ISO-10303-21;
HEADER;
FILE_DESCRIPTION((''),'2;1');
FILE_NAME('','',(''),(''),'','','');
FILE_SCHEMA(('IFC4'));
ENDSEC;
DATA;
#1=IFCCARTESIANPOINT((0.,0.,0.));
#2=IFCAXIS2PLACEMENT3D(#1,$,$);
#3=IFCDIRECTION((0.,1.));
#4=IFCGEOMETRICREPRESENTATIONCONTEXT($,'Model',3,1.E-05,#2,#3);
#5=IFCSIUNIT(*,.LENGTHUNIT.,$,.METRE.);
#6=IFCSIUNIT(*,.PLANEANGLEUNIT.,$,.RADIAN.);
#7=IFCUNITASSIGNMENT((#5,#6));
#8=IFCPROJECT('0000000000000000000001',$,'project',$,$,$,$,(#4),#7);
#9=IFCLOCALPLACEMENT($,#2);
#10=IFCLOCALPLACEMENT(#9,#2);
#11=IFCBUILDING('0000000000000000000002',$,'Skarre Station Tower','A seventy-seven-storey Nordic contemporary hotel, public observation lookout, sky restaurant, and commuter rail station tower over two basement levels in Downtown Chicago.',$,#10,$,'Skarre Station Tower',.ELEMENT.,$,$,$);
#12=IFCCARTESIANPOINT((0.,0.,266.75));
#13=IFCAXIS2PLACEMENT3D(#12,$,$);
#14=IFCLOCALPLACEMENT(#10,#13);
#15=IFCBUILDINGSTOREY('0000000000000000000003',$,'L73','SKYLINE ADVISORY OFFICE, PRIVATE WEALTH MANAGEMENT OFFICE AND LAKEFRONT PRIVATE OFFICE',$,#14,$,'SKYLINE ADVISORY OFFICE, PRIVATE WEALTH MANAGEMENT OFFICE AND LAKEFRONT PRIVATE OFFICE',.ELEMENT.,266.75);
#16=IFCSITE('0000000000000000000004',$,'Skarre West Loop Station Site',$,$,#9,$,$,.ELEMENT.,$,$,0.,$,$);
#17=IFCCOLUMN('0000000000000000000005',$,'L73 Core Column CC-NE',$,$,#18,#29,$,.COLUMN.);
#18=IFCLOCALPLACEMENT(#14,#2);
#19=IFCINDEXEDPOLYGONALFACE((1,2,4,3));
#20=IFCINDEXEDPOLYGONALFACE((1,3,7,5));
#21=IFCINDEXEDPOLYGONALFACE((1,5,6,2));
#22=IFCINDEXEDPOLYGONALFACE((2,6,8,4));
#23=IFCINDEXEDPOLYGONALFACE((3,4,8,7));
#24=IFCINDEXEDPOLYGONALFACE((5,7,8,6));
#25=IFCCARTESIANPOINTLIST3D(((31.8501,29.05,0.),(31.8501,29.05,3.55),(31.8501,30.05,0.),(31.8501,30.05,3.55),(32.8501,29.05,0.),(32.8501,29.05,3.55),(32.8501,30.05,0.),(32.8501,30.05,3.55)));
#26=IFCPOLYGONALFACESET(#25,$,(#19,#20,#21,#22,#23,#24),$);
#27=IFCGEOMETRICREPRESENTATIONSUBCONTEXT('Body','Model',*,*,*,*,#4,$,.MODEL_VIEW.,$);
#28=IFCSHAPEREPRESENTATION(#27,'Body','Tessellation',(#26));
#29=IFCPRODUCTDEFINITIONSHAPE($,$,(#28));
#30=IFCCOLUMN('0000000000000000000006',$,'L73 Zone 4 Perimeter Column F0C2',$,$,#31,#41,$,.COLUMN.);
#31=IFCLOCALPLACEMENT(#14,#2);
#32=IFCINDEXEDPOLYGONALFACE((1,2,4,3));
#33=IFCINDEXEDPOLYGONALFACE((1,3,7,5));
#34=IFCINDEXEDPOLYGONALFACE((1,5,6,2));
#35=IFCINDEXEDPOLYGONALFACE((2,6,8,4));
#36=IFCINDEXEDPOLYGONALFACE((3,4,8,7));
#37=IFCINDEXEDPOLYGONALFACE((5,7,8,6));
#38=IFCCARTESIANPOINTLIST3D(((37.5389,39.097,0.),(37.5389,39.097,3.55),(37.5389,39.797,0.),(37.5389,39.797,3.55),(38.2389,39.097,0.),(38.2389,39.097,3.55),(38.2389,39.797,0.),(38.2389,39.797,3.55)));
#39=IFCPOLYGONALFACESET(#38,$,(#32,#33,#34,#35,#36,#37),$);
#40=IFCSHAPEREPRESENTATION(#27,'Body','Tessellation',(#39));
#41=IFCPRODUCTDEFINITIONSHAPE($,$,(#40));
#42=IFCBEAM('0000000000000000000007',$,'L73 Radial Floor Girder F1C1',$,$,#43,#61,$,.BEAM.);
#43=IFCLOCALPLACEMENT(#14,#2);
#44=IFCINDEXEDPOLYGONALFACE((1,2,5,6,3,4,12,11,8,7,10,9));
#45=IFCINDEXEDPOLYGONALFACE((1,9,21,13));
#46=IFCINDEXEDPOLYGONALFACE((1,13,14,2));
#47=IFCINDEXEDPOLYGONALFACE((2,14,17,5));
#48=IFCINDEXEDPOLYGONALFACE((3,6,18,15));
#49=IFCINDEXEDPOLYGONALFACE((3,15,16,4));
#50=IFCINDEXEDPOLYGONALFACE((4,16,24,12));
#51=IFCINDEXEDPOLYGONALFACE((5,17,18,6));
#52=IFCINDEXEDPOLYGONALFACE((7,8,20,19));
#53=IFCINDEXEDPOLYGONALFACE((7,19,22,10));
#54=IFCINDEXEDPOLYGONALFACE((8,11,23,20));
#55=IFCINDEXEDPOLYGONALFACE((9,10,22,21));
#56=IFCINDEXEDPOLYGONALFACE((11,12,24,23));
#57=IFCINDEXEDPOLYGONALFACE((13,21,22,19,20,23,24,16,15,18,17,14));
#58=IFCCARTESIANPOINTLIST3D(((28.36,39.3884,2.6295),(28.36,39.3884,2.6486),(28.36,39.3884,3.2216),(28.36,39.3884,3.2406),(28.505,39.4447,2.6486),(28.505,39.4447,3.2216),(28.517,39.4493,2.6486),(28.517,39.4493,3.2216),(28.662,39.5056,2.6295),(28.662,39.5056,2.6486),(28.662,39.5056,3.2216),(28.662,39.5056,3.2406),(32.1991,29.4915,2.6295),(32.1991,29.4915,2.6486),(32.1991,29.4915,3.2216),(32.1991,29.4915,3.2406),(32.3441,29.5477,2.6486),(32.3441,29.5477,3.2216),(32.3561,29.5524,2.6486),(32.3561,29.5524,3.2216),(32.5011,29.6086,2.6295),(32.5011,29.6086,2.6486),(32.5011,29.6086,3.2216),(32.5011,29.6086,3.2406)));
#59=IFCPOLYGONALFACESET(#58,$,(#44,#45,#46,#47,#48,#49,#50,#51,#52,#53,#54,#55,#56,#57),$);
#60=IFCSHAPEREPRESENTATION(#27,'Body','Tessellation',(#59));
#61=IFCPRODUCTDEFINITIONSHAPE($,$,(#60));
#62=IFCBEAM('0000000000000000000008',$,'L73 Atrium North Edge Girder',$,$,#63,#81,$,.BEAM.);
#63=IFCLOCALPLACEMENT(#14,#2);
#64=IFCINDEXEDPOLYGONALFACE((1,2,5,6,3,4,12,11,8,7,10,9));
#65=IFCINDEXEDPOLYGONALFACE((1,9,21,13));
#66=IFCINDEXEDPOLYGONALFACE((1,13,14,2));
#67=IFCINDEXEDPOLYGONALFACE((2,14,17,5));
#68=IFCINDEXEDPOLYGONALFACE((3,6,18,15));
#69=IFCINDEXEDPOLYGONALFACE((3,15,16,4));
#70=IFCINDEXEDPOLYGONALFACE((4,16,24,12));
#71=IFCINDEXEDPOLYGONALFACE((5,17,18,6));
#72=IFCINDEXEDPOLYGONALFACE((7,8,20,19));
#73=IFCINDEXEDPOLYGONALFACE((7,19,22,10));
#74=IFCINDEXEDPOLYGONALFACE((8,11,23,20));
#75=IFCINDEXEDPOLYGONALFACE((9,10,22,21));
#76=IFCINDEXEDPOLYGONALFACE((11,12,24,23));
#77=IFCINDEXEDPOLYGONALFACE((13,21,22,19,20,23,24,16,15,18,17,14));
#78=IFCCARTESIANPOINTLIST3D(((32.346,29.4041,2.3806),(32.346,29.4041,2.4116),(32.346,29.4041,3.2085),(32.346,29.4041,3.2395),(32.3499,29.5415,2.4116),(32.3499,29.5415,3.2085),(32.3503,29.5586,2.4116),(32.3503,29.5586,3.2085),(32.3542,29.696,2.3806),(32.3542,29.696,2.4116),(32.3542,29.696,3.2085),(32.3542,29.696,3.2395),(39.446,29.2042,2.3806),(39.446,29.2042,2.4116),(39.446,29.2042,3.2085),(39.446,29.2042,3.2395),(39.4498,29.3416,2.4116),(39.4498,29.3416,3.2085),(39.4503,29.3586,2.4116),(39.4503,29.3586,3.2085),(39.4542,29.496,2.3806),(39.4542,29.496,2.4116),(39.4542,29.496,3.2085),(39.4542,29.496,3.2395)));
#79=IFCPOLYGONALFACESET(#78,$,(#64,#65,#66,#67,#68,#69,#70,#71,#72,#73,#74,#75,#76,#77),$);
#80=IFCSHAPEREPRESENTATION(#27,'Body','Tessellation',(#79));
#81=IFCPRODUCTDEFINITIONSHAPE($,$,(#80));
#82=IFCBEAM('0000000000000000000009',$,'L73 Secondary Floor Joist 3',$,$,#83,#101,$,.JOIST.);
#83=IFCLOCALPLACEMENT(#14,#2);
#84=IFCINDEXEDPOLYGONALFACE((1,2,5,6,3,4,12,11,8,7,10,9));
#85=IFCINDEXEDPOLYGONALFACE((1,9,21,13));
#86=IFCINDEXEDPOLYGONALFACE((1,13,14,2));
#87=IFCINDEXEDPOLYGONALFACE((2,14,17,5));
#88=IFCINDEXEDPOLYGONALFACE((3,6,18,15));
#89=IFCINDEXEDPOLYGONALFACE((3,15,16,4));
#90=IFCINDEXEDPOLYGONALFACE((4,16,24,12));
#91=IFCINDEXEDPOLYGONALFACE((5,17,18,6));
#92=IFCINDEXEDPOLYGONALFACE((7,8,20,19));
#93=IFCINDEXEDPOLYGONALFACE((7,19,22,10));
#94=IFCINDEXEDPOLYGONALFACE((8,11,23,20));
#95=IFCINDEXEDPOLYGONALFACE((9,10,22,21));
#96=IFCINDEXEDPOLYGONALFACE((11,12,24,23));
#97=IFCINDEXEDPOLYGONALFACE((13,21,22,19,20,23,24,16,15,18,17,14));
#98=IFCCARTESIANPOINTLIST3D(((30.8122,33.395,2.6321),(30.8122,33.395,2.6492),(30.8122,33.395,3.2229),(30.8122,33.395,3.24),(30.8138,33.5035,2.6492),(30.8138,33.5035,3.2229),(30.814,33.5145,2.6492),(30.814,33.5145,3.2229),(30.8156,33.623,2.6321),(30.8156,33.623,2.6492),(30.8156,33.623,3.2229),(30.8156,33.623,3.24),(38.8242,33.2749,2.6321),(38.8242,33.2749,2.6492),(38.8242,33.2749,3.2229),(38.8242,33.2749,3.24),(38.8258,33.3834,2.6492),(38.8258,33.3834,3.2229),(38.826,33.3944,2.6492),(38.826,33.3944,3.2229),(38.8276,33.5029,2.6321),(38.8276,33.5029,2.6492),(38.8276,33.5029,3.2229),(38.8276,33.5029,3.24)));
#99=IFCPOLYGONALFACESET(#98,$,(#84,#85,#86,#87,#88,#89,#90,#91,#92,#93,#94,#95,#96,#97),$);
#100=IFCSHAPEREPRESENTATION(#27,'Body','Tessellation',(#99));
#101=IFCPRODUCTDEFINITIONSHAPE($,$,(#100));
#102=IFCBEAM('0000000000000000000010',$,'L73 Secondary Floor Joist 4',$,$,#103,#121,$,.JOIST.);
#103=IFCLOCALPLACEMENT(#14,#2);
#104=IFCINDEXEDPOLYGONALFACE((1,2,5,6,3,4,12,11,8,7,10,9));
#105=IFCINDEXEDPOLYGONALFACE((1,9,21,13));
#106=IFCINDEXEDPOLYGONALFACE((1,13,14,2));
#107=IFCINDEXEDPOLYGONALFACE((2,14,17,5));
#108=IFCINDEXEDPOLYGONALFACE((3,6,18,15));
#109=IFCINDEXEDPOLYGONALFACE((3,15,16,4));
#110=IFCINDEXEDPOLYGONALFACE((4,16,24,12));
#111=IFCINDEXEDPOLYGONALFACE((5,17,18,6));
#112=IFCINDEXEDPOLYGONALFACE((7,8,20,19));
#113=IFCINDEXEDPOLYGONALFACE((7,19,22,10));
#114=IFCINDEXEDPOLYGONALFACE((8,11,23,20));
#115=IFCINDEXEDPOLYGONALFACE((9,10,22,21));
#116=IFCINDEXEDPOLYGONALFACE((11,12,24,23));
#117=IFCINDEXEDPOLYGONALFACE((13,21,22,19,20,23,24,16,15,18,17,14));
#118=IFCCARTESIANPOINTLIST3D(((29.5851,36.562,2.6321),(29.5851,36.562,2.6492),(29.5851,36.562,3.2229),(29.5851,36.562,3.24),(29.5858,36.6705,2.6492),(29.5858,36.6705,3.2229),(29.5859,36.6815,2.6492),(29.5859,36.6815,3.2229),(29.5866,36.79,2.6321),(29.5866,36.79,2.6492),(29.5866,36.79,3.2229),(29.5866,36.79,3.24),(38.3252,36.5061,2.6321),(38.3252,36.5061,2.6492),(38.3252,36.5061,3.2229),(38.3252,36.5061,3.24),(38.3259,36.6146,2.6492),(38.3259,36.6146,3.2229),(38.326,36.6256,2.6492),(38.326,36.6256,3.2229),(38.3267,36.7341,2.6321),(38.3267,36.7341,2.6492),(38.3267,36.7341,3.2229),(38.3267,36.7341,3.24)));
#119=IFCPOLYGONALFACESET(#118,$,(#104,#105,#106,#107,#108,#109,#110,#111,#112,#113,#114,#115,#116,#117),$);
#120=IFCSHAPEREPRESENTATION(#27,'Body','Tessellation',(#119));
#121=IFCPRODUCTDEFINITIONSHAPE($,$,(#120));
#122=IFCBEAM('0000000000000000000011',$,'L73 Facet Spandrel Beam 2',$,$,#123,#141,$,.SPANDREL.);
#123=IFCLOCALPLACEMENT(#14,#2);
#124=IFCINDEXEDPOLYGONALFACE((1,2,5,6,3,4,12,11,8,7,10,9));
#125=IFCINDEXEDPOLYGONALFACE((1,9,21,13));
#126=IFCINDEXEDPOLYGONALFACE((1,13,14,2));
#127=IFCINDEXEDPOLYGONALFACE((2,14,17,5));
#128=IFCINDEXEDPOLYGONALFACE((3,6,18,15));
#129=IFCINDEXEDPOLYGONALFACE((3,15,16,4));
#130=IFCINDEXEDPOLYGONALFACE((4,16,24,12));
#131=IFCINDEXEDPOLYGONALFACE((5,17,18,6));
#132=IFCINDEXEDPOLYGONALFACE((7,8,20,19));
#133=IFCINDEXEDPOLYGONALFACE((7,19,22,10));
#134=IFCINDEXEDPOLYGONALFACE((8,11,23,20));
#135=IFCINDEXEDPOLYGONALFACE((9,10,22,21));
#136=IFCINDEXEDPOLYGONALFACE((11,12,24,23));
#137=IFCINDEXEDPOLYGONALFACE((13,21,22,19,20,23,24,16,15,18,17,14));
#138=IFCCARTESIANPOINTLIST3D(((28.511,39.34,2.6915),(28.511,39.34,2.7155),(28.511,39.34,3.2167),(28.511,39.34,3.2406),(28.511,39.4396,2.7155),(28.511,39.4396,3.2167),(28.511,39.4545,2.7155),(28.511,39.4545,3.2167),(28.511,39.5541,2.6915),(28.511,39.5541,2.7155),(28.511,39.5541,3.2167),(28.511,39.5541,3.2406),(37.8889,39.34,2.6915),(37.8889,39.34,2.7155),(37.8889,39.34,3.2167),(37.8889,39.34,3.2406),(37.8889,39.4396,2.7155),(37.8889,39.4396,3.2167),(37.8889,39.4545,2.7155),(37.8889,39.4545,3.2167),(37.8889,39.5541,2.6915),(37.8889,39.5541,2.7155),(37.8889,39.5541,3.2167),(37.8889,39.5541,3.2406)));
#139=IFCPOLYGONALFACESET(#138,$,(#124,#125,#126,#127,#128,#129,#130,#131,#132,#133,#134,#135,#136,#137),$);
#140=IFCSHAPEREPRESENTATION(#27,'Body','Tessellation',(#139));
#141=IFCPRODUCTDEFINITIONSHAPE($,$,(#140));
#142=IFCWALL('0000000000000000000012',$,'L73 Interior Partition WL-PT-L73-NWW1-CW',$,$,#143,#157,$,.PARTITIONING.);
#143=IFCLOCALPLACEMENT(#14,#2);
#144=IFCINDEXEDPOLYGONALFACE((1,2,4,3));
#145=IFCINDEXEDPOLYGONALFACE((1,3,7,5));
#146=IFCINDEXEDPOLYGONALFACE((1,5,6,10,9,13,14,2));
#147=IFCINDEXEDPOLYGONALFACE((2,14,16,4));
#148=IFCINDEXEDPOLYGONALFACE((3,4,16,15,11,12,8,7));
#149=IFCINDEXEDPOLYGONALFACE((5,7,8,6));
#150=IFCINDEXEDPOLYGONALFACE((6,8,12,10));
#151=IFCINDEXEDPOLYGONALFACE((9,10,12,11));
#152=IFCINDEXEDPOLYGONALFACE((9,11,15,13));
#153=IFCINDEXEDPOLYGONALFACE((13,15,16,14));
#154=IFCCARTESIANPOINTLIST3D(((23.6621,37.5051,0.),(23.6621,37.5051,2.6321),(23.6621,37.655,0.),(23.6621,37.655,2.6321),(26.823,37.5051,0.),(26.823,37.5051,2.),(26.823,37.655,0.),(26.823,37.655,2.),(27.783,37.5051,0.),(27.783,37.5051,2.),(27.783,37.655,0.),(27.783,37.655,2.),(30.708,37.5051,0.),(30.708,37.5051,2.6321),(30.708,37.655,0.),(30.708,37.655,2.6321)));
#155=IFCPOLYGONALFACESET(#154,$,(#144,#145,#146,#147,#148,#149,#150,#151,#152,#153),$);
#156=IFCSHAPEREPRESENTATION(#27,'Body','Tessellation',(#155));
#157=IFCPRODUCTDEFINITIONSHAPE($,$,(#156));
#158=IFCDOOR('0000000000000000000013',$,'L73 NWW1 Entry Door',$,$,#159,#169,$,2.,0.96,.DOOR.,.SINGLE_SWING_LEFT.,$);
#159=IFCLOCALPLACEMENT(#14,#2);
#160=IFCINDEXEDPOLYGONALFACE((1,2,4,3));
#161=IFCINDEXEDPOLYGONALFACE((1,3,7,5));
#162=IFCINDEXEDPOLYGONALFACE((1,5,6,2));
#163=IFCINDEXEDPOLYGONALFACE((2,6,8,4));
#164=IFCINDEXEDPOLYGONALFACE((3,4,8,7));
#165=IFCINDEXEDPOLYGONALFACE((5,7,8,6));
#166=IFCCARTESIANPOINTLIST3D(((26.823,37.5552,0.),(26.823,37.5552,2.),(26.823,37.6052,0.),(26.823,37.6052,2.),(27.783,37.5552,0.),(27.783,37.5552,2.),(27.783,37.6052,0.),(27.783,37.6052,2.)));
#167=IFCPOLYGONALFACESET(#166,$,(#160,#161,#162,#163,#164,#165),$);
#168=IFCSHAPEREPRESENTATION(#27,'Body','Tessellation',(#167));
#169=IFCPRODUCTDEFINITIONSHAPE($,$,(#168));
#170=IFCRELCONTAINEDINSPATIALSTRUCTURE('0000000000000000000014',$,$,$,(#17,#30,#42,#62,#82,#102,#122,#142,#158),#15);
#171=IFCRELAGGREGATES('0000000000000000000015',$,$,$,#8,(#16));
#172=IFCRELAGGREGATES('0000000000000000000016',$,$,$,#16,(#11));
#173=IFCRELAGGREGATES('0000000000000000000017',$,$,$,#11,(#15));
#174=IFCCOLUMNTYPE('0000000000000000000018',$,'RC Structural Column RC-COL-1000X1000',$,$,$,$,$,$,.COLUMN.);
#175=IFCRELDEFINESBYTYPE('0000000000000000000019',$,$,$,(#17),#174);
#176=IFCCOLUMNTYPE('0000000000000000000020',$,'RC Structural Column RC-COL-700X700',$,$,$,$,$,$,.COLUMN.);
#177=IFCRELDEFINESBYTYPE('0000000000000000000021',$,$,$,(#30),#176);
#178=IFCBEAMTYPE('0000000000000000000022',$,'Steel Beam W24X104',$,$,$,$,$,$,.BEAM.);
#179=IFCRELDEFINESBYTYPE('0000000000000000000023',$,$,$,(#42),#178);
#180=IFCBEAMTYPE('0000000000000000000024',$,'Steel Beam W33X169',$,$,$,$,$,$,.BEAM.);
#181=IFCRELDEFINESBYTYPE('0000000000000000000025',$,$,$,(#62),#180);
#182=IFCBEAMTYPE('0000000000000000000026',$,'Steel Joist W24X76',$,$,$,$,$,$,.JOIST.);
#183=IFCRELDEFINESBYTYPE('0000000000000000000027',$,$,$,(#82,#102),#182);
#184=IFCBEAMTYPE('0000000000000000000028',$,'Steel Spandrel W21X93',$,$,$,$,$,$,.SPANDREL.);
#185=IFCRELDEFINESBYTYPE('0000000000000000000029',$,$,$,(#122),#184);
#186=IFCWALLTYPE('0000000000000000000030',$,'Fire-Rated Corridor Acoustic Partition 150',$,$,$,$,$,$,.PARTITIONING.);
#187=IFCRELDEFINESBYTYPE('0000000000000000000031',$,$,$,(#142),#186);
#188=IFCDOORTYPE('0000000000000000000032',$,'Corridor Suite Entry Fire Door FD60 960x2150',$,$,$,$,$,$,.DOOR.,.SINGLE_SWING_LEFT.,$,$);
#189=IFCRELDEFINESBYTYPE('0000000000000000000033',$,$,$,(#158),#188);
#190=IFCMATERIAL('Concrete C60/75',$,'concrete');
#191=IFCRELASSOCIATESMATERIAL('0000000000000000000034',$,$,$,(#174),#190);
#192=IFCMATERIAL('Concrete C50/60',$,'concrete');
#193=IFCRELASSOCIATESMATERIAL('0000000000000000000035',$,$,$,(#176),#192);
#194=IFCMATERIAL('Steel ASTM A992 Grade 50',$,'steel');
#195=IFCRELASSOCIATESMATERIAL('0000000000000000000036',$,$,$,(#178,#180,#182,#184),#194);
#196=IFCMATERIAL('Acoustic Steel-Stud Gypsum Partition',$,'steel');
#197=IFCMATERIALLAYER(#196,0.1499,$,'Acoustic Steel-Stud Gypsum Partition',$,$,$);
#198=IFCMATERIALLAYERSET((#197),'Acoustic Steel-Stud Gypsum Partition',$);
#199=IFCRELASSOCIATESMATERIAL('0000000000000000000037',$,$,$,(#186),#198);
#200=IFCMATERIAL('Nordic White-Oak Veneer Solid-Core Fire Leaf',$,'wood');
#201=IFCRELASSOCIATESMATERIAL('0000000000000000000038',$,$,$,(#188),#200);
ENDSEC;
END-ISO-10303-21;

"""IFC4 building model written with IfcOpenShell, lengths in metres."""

from ifc_helpers import new_model, si_unit, direction, frame, frame_2d, origin, origin_2d, place, context, subcontext, project, spatial, rectangle, i_section, extrude, material, layer, layer_set, material_profile, profile_set, type_object, element, fill, save


model = new_model("IFC4")

# Units and contexts
model_context = context("Model", 3, precision=1e-05, world=origin(), true_north=direction((0.0, 1.0)))
body_context = subcontext(model_context, "Body", "Model", "MODEL_VIEW")
ifc_project = project(units=[si_unit("LENGTHUNIT", "METRE"), si_unit("PLANEANGLEUNIT", "RADIAN")], contexts=[model_context])

# Site, building, storey
site_placement = place(None, origin())
site = spatial("IfcSite", under=ifc_project, at=site_placement, Name="Skarre West Loop Station Site", CompositionType="ELEMENT", RefElevation=0.0)
building_placement = place(site_placement, origin())
building = spatial("IfcBuilding", under=site, at=building_placement, Name="Skarre Station Tower", Description="A seventy-seven-storey Nordic contemporary hotel, public observation lookout, sky restaurant, and commuter rail station tower over two basement levels in Downtown Chicago.", LongName="Skarre Station Tower", CompositionType="ELEMENT")
storey_placement = place(building_placement, frame((0.0, 0.0, 266.75)))
storey = spatial("IfcBuildingStorey", under=building, at=storey_placement, Name="L73", Description="SKYLINE ADVISORY OFFICE, PRIVATE WEALTH MANAGEMENT OFFICE AND LAKEFRONT PRIVATE OFFICE", LongName="SKYLINE ADVISORY OFFICE, PRIVATE WEALTH MANAGEMENT OFFICE AND LAKEFRONT PRIVATE OFFICE", CompositionType="ELEMENT", Elevation=266.75)

# Columns
ifc_material_1 = material(Name="Concrete C60/75", Category="concrete")
ifc_material_profile_1 = material_profile(ifc_material_1, rectangle(XDim=1.0, YDim=1.0, at=origin_2d()), Name="Concrete C60/75")
ifc_profile_set_1 = profile_set([ifc_material_profile_1], Name="Concrete C60/75")
column_type_1 = type_object("IfcColumnType", Name="RC Structural Column RC-COL-1000X1000", PredefinedType="COLUMN", material=ifc_profile_set_1)
column_1_placement = place(storey_placement, frame((32.3501, 29.55, 0.0), z_axis=(0.0, 0.0, 1.0), x_axis=(1.0, 0.0, 0.0)))
element("IfcColumn", 1, at=column_1_placement, inside=storey, type_object=column_type_1, Name="L73 Core Column CC-NE", PredefinedType="COLUMN", context=body_context, shape_type="SweptSolid", body=[
    extrude(rectangle(XDim=1.0, YDim=1.0, at=origin_2d()), origin(), (0.0, 0.0, 1.0), 3.55),
])
ifc_material_2 = material(Name="Concrete C50/60", Category="concrete")
ifc_material_profile_2 = material_profile(ifc_material_2, rectangle(XDim=0.7, YDim=0.7, at=origin_2d()), Name="Concrete C50/60")
ifc_profile_set_2 = profile_set([ifc_material_profile_2], Name="Concrete C50/60")
column_type_2 = type_object("IfcColumnType", Name="RC Structural Column RC-COL-700X700", PredefinedType="COLUMN", material=ifc_profile_set_2)
column_2_placement = place(storey_placement, frame((37.8889, 39.447, 0.0), z_axis=(0.0, 0.0, 1.0), x_axis=(1.0, 0.0, 0.0)))
element("IfcColumn", 2, at=column_2_placement, inside=storey, type_object=column_type_2, Name="L73 Zone 4 Perimeter Column F0C2", PredefinedType="COLUMN", context=body_context, shape_type="SweptSolid", body=[
    extrude(rectangle(XDim=0.7, YDim=0.7, at=origin_2d()), origin(), (0.0, 0.0, 1.0), 3.55),
])

# Beams
ifc_material_3 = material(Name="Steel ASTM A992 Grade 50", Category="steel")
ifc_material_profile_3 = material_profile(ifc_material_3, i_section(OverallWidth=0.324, OverallDepth=0.6111, WebThickness=0.0129, FlangeThickness=0.019, at=origin_2d()), Name="Steel ASTM A992 Grade 50")
ifc_profile_set_3 = profile_set([ifc_material_profile_3], Name="Steel ASTM A992 Grade 50")
beam_type_1 = type_object("IfcBeamType", Name="Steel Beam W24X104", PredefinedType="BEAM", material=ifc_profile_set_3)
beam_1_placement = place(storey_placement, frame((32.3501, 29.55, 2.9351), z_axis=(-0.361651, 0.932313, 0.0), x_axis=(-0.932313, -0.361651, 0.0)))
element("IfcBeam", 3, at=beam_1_placement, inside=storey, type_object=beam_type_1, Name="L73 Radial Floor Girder F1C1", PredefinedType="BEAM", context=body_context, shape_type="SweptSolid", body=[
    extrude(i_section(OverallWidth=0.324, OverallDepth=0.6111, WebThickness=0.0129, FlangeThickness=0.019, at=origin_2d()), origin(), (0.0, 0.0, 1.0), 10.6155),
])
ifc_material_profile_4 = material_profile(ifc_material_3, i_section(OverallWidth=0.292, OverallDepth=0.8589, WebThickness=0.0171, FlangeThickness=0.031, at=origin_2d()), Name="Steel ASTM A992 Grade 50")
ifc_profile_set_4 = profile_set([ifc_material_profile_4], Name="Steel ASTM A992 Grade 50")
beam_type_2 = type_object("IfcBeamType", Name="Steel Beam W33X169", PredefinedType="BEAM", material=ifc_profile_set_4)
beam_2_placement = place(storey_placement, frame((32.3501, 29.55, 2.8101), z_axis=(0.999604, -0.028152, 0.0), x_axis=(0.028152, 0.999604, 0.0)))
element("IfcBeam", 4, at=beam_2_placement, inside=storey, type_object=beam_type_2, Name="L73 Atrium North Edge Girder", PredefinedType="BEAM", context=body_context, shape_type="SweptSolid", body=[
    extrude(i_section(OverallWidth=0.292, OverallDepth=0.8589, WebThickness=0.0171, FlangeThickness=0.031, at=origin_2d()), origin(), (0.0, 0.0, 1.0), 7.1028),
])
ifc_material_profile_5 = material_profile(ifc_material_3, i_section(OverallWidth=0.228, OverallDepth=0.6079, WebThickness=0.011, FlangeThickness=0.0171, at=origin_2d()), Name="Steel ASTM A992 Grade 50")
ifc_profile_set_5 = profile_set([ifc_material_profile_5], Name="Steel ASTM A992 Grade 50")
beam_type_3 = type_object("IfcBeamType", Name="Steel Joist W24X76", PredefinedType="JOIST", material=ifc_profile_set_5)
beam_3_placement = place(storey_placement, frame((38.8259, 33.3889, 2.936), z_axis=(-0.999888, 0.014991, 0.0), x_axis=(-0.014991, -0.999888, 0.0)))
element("IfcBeam", 5, at=beam_3_placement, inside=storey, type_object=beam_type_3, Name="L73 Secondary Floor Joist 3", PredefinedType="JOIST", context=body_context, shape_type="SweptSolid", body=[
    extrude(i_section(OverallWidth=0.228, OverallDepth=0.6079, WebThickness=0.011, FlangeThickness=0.0171, at=origin_2d()), origin(), (0.0, 0.0, 1.0), 8.0129),
])
beam_4_placement = place(storey_placement, frame((38.3259, 36.6201, 2.936), z_axis=(-0.99998, 0.006397, 0.0), x_axis=(-0.006397, -0.99998, 0.0)))
element("IfcBeam", 6, at=beam_4_placement, inside=storey, type_object=beam_type_3, Name="L73 Secondary Floor Joist 4", PredefinedType="JOIST", context=body_context, shape_type="SweptSolid", body=[
    extrude(i_section(OverallWidth=0.228, OverallDepth=0.6079, WebThickness=0.011, FlangeThickness=0.0171, at=origin_2d()), origin(), (0.0, 0.0, 1.0), 8.7402),
])
ifc_material_profile_6 = material_profile(ifc_material_3, i_section(OverallWidth=0.2141, OverallDepth=0.5491, WebThickness=0.0149, FlangeThickness=0.0239, at=origin_2d()), Name="Steel ASTM A992 Grade 50")
ifc_profile_set_6 = profile_set([ifc_material_profile_6], Name="Steel ASTM A992 Grade 50")
beam_type_4 = type_object("IfcBeamType", Name="Steel Spandrel W21X93", PredefinedType="SPANDREL", material=ifc_profile_set_6)
beam_5_placement = place(storey_placement, frame((37.8889, 39.447, 2.9661), z_axis=(-1.0, 0.0, 0.0), x_axis=(0.0, -1.0, 0.0)))
element("IfcBeam", 7, at=beam_5_placement, inside=storey, type_object=beam_type_4, Name="L73 Facet Spandrel Beam 2", PredefinedType="SPANDREL", context=body_context, shape_type="SweptSolid", body=[
    extrude(i_section(OverallWidth=0.2141, OverallDepth=0.5491, WebThickness=0.0149, FlangeThickness=0.0239, at=origin_2d()), origin(), (0.0, 0.0, 1.0), 9.3779),
])

# Wall, opening, door
ifc_material_4 = material(Name="Acoustic Steel-Stud Gypsum Partition", Category="steel")
ifc_layer_1 = layer(ifc_material_4, 0.1499, Name="Acoustic Steel-Stud Gypsum Partition")
ifc_layer_set_1 = layer_set([ifc_layer_1], Name="Acoustic Steel-Stud Gypsum Partition")
wall_type_1 = type_object("IfcWallType", Name="Fire-Rated Corridor Acoustic Partition 150", PredefinedType="PARTITIONING", material=ifc_layer_set_1)
wall_1_placement = place(storey_placement, frame((30.708, 37.5801, 0.0), z_axis=(0.0, 0.0, 1.0), x_axis=(-1.0, 0.0, 0.0)))
wall_1 = element("IfcWall", 8, at=wall_1_placement, inside=storey, type_object=wall_type_1, Name="L73 Interior Partition WL-PT-L73-NWW1-CW", PredefinedType="PARTITIONING", context=body_context, shape_type="SweptSolid", body=[
    extrude(rectangle(XDim=7.0459, YDim=0.1499, at=frame_2d((3.5229, 0.0))), origin(), (0.0, 0.0, 1.0), 2.6321),
])
opening_1_placement = place(wall_1_placement, frame((2.925, 0.0, 0.0)))
opening_1 = element("IfcOpeningElement", 9, at=opening_1_placement, cuts=wall_1, PredefinedType="OPENING", context=body_context, shape_type="SweptSolid", body=[
    extrude(rectangle(XDim=0.96, YDim=2.0, at=frame_2d((0.48, 1.0))), frame((0.0, 0.085, 0.0), z_axis=(0.0, -1.0, 0.0), x_axis=(1.0, 0.0, 0.0)), (0.0, 0.0, 1.0), 0.1699),
])
ifc_material_5 = material(Name="Nordic White-Oak Veneer Solid-Core Fire Leaf", Category="wood")
door_type = type_object("IfcDoorType", Name="Corridor Suite Entry Fire Door FD60 960x2150", OperationType="SINGLE_SWING_LEFT", PredefinedType="DOOR", material=ifc_material_5)
door_1_placement = place(opening_1_placement, origin())
door_1 = element("IfcDoor", 10, at=door_1_placement, inside=storey, type_object=door_type, Name="L73 NWW1 Entry Door", OperationType="SINGLE_SWING_LEFT", OverallHeight=2.0, OverallWidth=0.96, PredefinedType="DOOR", context=body_context, shape_type="SweptSolid", body=[
    extrude(rectangle(XDim=0.96, YDim=2.0, at=frame_2d((0.48, 1.0))), frame((0.0, 0.0249, 0.0), z_axis=(0.0, -1.0, 0.0), x_axis=(1.0, 0.0, 0.0)), (0.0, 0.0, 1.0), 0.05),
])
fill(opening_1, door_1)

save(model, "model.ifc")
